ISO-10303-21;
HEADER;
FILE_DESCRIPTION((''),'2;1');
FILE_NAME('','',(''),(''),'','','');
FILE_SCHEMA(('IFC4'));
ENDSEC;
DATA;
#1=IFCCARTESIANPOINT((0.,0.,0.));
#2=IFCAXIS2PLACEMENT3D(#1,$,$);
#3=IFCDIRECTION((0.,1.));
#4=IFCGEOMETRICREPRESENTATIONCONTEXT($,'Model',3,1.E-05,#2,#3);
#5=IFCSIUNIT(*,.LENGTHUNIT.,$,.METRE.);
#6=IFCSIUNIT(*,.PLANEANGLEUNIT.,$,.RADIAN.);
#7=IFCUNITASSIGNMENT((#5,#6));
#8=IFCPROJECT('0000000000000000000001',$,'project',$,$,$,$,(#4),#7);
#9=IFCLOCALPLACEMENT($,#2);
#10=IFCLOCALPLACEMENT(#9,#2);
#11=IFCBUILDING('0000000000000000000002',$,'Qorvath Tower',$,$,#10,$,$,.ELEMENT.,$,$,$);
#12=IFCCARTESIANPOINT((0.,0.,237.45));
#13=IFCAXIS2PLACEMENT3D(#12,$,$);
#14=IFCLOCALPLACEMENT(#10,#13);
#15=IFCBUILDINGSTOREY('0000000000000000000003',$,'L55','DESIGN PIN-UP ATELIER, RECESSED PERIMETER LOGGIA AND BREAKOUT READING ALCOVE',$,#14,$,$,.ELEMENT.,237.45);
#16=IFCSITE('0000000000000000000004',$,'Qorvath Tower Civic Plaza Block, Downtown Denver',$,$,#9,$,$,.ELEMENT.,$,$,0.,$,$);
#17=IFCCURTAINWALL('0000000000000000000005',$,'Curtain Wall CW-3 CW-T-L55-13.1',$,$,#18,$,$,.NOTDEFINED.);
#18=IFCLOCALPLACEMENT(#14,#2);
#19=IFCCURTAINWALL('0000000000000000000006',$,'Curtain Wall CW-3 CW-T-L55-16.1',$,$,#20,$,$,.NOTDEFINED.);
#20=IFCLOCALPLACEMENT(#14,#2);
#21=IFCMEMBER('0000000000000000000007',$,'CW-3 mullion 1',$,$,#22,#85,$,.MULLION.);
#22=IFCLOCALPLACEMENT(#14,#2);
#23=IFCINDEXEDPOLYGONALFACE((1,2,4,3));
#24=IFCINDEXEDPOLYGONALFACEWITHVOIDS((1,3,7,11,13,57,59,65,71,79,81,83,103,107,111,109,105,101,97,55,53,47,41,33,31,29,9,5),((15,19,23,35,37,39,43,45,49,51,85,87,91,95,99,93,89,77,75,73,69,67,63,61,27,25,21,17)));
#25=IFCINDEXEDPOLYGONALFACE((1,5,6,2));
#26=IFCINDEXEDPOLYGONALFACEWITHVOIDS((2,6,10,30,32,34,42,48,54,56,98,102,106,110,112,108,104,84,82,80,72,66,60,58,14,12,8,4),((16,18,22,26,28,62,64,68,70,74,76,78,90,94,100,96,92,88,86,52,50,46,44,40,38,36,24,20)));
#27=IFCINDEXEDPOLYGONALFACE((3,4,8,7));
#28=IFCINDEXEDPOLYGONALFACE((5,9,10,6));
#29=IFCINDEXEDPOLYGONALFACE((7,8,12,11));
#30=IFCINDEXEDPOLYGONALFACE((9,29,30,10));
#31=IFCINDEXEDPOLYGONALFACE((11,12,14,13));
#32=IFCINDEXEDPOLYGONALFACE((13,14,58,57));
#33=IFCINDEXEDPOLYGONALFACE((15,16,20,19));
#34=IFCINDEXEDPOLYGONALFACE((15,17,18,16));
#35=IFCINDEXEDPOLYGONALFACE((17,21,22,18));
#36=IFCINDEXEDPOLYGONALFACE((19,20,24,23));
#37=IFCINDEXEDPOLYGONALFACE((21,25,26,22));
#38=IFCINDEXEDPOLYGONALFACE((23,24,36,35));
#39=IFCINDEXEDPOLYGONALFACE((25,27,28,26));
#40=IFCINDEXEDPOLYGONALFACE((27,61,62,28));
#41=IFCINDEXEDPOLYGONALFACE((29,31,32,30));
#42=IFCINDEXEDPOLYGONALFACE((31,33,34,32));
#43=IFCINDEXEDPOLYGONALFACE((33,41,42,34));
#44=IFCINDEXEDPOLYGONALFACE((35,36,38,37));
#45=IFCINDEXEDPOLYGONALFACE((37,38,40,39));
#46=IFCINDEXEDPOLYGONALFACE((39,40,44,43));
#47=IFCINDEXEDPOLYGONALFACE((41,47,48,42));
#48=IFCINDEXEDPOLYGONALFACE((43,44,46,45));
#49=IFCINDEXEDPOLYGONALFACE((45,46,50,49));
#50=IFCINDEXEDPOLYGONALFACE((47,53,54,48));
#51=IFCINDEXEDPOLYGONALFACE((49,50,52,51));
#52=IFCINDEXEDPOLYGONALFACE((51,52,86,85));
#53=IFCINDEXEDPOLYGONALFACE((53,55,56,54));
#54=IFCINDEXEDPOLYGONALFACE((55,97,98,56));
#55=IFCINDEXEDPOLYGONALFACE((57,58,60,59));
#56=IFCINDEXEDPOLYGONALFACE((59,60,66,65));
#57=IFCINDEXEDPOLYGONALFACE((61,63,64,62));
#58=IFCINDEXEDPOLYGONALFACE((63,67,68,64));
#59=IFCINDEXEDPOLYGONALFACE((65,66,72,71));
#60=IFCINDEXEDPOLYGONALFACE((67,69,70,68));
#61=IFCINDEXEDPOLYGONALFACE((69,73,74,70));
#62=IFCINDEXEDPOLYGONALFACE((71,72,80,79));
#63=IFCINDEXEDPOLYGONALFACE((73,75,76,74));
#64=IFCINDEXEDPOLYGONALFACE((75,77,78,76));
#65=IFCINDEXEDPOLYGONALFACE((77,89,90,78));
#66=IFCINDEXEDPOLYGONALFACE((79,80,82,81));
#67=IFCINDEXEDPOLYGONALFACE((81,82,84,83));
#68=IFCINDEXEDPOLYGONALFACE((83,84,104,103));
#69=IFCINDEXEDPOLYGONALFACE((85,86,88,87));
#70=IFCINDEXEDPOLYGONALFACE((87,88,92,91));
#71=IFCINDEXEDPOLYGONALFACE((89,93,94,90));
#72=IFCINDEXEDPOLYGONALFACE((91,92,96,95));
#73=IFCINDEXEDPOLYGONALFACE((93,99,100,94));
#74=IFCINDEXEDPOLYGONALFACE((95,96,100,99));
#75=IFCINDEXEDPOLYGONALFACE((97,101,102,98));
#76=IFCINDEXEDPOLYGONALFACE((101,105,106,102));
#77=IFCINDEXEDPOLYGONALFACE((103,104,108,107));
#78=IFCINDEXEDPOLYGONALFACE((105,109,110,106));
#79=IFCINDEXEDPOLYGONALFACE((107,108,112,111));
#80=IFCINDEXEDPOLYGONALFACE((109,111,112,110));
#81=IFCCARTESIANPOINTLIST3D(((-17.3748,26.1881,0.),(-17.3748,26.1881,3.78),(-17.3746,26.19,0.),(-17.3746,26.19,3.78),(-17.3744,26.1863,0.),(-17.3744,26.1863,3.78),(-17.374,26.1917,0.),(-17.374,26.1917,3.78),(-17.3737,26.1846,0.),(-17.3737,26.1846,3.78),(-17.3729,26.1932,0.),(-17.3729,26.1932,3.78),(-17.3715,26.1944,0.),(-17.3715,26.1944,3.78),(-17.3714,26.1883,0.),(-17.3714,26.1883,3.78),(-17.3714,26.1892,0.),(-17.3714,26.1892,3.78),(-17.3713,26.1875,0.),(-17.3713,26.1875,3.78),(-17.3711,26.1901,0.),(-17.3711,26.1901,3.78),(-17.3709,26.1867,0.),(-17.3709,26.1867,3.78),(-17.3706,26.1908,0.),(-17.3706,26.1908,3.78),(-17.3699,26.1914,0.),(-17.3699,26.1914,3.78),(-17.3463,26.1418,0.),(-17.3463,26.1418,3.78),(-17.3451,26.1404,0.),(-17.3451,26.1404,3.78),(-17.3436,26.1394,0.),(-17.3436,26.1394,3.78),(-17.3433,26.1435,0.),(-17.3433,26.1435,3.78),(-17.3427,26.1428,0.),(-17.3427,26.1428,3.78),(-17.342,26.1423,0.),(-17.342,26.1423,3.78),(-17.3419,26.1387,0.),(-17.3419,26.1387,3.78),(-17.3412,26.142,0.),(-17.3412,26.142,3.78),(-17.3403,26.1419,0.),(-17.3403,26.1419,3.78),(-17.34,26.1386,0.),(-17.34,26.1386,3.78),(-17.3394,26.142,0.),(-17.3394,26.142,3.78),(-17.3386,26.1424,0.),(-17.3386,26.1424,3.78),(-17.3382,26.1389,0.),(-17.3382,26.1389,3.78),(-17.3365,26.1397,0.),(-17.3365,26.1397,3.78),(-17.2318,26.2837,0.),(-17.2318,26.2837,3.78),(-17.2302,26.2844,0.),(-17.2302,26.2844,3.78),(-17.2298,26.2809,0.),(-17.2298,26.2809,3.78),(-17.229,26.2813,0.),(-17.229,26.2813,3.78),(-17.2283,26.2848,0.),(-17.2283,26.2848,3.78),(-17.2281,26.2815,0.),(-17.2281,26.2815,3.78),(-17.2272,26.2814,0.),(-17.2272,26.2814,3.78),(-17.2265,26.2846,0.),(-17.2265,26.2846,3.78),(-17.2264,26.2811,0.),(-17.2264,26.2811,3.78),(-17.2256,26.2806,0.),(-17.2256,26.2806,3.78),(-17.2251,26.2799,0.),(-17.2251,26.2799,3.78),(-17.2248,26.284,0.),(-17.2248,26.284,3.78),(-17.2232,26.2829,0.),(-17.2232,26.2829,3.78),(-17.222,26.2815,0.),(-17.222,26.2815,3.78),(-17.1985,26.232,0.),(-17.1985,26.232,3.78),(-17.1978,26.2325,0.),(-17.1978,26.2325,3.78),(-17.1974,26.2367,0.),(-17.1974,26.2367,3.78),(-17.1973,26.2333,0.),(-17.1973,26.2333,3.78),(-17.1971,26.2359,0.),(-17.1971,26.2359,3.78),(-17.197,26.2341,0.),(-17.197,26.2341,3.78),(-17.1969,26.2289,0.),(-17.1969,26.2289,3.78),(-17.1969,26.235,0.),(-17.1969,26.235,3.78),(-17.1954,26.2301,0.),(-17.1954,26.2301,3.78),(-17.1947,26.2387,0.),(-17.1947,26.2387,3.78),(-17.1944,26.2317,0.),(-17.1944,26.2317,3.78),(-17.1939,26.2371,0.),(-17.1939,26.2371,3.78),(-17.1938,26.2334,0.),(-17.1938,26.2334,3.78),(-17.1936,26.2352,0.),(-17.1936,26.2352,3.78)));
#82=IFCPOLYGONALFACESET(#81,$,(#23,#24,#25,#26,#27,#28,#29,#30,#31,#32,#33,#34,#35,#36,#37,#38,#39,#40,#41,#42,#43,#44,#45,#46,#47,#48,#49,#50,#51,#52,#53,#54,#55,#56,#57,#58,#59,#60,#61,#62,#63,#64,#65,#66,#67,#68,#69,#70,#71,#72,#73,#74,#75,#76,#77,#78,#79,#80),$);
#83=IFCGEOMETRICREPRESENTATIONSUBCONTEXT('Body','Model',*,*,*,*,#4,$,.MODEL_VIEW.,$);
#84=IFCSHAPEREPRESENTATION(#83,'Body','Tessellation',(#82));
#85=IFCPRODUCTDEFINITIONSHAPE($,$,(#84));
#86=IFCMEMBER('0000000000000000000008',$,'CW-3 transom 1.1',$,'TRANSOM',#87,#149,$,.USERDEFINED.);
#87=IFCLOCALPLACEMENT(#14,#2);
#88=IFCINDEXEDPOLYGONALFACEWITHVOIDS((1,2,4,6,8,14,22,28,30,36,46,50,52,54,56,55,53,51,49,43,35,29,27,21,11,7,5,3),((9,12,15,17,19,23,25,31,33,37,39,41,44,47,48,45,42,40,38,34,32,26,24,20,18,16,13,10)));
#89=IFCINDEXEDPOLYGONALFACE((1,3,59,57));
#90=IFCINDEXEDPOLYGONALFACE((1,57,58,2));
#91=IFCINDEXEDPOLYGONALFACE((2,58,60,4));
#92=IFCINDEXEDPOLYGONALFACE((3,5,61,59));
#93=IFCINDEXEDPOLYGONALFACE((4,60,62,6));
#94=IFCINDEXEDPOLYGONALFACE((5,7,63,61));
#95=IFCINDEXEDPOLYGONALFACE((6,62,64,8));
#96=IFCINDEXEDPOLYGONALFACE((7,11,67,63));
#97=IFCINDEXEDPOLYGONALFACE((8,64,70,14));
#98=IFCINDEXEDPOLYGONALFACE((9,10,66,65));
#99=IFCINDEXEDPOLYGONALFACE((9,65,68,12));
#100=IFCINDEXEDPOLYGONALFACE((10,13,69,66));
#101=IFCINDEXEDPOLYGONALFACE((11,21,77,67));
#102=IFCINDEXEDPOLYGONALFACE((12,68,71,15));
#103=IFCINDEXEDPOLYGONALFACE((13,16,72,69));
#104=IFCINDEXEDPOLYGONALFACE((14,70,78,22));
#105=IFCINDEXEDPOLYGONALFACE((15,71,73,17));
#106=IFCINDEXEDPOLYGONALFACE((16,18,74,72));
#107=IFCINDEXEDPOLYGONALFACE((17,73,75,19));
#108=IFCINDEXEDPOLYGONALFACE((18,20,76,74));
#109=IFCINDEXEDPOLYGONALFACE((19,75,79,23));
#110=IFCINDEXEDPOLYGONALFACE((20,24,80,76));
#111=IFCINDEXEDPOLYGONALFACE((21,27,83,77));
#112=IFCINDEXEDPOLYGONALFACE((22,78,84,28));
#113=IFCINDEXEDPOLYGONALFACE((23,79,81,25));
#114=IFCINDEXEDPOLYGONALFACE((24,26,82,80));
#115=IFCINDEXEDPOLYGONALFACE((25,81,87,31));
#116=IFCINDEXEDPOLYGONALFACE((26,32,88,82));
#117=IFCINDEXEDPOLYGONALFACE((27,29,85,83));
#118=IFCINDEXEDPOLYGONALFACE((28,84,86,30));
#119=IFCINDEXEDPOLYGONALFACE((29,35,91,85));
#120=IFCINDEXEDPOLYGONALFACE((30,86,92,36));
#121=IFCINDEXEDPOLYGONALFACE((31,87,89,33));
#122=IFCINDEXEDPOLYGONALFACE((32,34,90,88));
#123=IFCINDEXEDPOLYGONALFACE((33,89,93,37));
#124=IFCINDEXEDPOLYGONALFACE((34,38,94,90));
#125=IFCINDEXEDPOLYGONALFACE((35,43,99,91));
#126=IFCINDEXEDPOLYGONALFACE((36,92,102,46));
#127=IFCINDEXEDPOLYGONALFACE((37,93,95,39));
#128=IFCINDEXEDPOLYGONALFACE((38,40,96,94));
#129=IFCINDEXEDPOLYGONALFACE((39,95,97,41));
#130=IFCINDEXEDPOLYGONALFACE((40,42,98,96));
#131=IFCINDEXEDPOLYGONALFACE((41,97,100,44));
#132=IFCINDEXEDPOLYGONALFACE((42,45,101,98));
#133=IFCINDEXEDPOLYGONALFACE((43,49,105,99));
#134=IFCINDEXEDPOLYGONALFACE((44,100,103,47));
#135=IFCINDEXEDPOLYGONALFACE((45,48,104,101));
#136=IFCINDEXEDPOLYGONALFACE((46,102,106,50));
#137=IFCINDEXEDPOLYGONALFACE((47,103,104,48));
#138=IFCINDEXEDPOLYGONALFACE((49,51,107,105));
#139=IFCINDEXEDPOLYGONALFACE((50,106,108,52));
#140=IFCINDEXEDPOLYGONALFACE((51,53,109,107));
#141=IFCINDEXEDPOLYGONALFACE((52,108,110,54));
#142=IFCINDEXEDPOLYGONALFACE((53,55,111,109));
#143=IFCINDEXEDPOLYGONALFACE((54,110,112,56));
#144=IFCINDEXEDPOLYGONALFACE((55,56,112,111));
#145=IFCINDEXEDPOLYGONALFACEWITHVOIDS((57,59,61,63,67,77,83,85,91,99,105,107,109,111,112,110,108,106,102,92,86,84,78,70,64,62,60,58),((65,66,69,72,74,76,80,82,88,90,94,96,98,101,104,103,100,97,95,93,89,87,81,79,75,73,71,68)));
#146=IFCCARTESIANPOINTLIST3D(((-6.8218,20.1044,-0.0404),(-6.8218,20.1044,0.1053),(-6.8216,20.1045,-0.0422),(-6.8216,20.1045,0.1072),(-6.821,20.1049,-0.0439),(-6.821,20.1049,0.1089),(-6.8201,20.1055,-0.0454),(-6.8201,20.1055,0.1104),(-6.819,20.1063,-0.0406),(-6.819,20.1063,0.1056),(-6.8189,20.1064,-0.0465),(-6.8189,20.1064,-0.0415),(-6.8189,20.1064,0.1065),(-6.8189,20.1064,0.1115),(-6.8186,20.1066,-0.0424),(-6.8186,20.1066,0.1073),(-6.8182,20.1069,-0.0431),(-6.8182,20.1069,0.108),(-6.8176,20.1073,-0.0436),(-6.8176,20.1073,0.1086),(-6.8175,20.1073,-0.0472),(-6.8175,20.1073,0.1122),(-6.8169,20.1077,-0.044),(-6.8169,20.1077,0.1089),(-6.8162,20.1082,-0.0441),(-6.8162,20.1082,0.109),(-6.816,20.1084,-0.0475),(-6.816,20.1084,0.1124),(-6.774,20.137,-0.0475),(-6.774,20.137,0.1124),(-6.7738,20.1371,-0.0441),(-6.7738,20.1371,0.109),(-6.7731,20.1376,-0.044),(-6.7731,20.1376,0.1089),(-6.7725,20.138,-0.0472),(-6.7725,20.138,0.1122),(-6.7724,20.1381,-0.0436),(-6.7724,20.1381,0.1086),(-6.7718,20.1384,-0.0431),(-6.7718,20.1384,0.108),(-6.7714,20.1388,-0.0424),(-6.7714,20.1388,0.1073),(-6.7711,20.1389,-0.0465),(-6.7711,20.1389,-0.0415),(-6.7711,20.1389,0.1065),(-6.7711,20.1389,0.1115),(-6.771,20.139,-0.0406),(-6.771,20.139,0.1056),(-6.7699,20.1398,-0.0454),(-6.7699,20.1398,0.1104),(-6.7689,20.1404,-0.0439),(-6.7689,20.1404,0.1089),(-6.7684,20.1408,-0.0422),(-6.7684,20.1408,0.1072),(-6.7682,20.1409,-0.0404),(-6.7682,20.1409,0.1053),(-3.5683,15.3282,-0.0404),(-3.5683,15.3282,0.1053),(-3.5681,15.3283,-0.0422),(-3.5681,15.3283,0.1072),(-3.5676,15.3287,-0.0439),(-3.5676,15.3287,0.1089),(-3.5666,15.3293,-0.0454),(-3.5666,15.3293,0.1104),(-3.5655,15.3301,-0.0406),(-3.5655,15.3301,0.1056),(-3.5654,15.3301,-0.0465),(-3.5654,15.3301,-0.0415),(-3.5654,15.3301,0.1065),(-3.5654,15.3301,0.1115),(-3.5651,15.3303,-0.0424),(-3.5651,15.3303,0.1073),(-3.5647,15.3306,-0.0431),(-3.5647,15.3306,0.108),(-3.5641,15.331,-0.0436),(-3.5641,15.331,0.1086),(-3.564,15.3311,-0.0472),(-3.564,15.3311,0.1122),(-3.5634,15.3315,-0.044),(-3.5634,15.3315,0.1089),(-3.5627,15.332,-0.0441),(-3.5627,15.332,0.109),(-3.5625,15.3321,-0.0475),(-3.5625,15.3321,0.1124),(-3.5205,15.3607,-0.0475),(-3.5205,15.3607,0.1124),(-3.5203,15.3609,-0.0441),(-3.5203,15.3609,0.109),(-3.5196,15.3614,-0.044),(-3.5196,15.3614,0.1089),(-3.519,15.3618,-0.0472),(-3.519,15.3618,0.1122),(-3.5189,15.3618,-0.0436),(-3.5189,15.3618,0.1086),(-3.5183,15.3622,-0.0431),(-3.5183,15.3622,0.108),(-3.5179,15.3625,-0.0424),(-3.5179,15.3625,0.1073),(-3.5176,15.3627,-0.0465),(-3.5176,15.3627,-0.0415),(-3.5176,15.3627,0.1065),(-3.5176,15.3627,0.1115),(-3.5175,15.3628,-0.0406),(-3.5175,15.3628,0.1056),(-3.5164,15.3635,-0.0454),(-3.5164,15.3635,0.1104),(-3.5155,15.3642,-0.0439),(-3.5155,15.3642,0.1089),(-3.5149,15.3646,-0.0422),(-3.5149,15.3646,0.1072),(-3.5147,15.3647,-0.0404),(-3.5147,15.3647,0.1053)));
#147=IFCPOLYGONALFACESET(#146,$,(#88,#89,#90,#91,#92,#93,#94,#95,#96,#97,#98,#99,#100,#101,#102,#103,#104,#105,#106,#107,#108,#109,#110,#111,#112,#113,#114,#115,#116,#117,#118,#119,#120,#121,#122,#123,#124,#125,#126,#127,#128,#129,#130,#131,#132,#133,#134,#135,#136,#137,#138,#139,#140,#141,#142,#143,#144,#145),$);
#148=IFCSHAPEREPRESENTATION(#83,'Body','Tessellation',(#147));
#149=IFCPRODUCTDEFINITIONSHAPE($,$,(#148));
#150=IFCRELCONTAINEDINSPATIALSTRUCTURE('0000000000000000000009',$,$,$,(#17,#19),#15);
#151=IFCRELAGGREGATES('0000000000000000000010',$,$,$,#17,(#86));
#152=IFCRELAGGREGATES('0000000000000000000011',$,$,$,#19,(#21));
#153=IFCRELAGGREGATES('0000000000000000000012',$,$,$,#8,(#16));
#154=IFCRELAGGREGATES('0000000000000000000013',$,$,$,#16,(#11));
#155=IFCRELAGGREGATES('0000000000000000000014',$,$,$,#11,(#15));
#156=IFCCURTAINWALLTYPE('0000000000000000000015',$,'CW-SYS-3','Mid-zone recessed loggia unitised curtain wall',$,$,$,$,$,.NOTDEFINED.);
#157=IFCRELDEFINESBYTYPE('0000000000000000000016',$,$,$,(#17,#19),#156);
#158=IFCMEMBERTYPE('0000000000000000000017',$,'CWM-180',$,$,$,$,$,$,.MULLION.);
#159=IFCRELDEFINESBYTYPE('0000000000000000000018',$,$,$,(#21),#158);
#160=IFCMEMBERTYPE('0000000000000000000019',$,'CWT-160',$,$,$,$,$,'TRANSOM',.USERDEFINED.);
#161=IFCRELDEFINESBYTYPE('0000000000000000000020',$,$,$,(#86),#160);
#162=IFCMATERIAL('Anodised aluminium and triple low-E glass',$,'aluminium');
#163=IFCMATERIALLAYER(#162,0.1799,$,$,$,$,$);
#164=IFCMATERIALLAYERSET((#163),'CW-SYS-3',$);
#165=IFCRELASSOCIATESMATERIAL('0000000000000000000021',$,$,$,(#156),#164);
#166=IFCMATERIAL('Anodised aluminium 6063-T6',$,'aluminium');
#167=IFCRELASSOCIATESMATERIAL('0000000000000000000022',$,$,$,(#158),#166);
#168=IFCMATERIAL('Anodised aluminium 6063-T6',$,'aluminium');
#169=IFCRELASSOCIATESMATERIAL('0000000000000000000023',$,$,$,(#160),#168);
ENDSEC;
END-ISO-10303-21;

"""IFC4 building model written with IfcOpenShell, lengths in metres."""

from ifc_helpers import new_model, si_unit, direction, frame, origin, origin_2d, place, context, subcontext, project, spatial, hollow_rectangle, extrude, material, layer, layer_set, material_profile, profile_set, type_object, element, aggregate, save


model = new_model("IFC4")

# Units and contexts
model_context = context("Model", 3, precision=1e-05, world=origin(), true_north=direction((0.0, 1.0)))
body_context = subcontext(model_context, "Body", "Model", "MODEL_VIEW")
ifc_project = project(units=[si_unit("LENGTHUNIT", "METRE"), si_unit("PLANEANGLEUNIT", "RADIAN")], contexts=[model_context])

# Site, building, storey
site_placement = place(None, origin())
site = spatial("IfcSite", under=ifc_project, at=site_placement, Name="Qorvath Tower Civic Plaza Block, Downtown Denver", CompositionType="ELEMENT", RefElevation=0.0)
building_placement = place(site_placement, origin())
building = spatial("IfcBuilding", under=site, at=building_placement, Name="Qorvath Tower", CompositionType="ELEMENT")
storey_placement = place(building_placement, frame((0.0, 0.0, 237.45)))
storey = spatial("IfcBuildingStorey", under=building, at=storey_placement, Name="L55", Description="DESIGN PIN-UP ATELIER, RECESSED PERIMETER LOGGIA AND BREAKOUT READING ALCOVE", CompositionType="ELEMENT", Elevation=237.45)

# Shared definitions
ifc_material_1 = material(Name="Anodised aluminium and triple low-E glass", Category="aluminium")
ifc_layer_1 = layer(ifc_material_1, 0.1799)
ifc_layer_set_1 = layer_set([ifc_layer_1], Name="CW-SYS-3")
curtain_wall_type = type_object("IfcCurtainWallType", Name="CW-SYS-3", Description="Mid-zone recessed loggia unitised curtain wall", PredefinedType="NOTDEFINED", material=ifc_layer_set_1)
ifc_material_2 = material(Name="Anodised aluminium 6063-T6", Category="aluminium")
ifc_material_profile_1 = material_profile(ifc_material_2, hollow_rectangle(XDim=0.0649, YDim=0.1799, WallThickness=0.0034, InnerFilletRadius=0.0034, OuterFilletRadius=0.0071, at=origin_2d()), Name="CWM 180x65")
ifc_profile_set_1 = profile_set([ifc_material_profile_1], Name="Anodised aluminium 6063-T6")
member_type_1 = type_object("IfcMemberType", Name="CWM-180", PredefinedType="MULLION", material=ifc_profile_set_1)

# Curtain wall
curtain_wall_1_placement = place(storey_placement, origin())
curtain_wall_1 = element("IfcCurtainWall", 1, at=curtain_wall_1_placement, inside=storey, type_object=curtain_wall_type, Name="Curtain Wall CW-3 CW-T-L55-13.1", PredefinedType="NOTDEFINED")

# Curtain wall, member
curtain_wall_2_placement = place(storey_placement, origin())
curtain_wall_2 = element("IfcCurtainWall", 2, at=curtain_wall_2_placement, inside=storey, type_object=curtain_wall_type, Name="Curtain Wall CW-3 CW-T-L55-16.1", PredefinedType="NOTDEFINED")
member_1_placement = place(storey_placement, frame((-17.2842, 26.2117, 0.0), z_axis=(0.0, 0.0, 1.0), x_axis=(0.538529, -0.842607, 0.0)))
member_1 = element("IfcMember", 3, at=member_1_placement, type_object=member_type_1, Name="CW-3 mullion 1", PredefinedType="MULLION", context=body_context, shape_type="SweptSolid", body=[
    extrude(hollow_rectangle(XDim=0.0649, YDim=0.1799, WallThickness=0.0034, InnerFilletRadius=0.0034, OuterFilletRadius=0.0071, at=origin_2d()), origin(), (0.0, 0.0, 1.0), 3.78),
])

# Member
ifc_material_3 = material(Name="Anodised aluminium 6063-T6", Category="aluminium")
ifc_material_profile_2 = material_profile(ifc_material_3, hollow_rectangle(XDim=0.0649, YDim=0.1599, WallThickness=0.0034, InnerFilletRadius=0.0034, OuterFilletRadius=0.0071, at=origin_2d()), Name="CWT 160x65")
ifc_profile_set_2 = profile_set([ifc_material_profile_2], Name="Anodised aluminium 6063-T6")
member_type_2 = type_object("IfcMemberType", Name="CWT-160", ElementType="TRANSOM", PredefinedType="USERDEFINED", material=ifc_profile_set_2)
member_2_placement = place(storey_placement, frame((-3.5415, 15.3464, 0.0325), z_axis=(-0.562979, 0.826471, 0.0), x_axis=(-0.826471, -0.562979, 0.0)))
member_2 = element("IfcMember", 4, at=member_2_placement, type_object=member_type_2, Name="CW-3 transom 1.1", ObjectType="TRANSOM", PredefinedType="USERDEFINED", context=body_context, shape_type="SweptSolid", body=[
    extrude(hollow_rectangle(XDim=0.0649, YDim=0.1599, WallThickness=0.0034, InnerFilletRadius=0.0034, OuterFilletRadius=0.0071, at=origin_2d()), origin(), (0.0, 0.0, 1.0), 5.7791),
])

aggregate(curtain_wall_1, [member_2])
aggregate(curtain_wall_2, [member_1])

save(model, "model.ifc")
